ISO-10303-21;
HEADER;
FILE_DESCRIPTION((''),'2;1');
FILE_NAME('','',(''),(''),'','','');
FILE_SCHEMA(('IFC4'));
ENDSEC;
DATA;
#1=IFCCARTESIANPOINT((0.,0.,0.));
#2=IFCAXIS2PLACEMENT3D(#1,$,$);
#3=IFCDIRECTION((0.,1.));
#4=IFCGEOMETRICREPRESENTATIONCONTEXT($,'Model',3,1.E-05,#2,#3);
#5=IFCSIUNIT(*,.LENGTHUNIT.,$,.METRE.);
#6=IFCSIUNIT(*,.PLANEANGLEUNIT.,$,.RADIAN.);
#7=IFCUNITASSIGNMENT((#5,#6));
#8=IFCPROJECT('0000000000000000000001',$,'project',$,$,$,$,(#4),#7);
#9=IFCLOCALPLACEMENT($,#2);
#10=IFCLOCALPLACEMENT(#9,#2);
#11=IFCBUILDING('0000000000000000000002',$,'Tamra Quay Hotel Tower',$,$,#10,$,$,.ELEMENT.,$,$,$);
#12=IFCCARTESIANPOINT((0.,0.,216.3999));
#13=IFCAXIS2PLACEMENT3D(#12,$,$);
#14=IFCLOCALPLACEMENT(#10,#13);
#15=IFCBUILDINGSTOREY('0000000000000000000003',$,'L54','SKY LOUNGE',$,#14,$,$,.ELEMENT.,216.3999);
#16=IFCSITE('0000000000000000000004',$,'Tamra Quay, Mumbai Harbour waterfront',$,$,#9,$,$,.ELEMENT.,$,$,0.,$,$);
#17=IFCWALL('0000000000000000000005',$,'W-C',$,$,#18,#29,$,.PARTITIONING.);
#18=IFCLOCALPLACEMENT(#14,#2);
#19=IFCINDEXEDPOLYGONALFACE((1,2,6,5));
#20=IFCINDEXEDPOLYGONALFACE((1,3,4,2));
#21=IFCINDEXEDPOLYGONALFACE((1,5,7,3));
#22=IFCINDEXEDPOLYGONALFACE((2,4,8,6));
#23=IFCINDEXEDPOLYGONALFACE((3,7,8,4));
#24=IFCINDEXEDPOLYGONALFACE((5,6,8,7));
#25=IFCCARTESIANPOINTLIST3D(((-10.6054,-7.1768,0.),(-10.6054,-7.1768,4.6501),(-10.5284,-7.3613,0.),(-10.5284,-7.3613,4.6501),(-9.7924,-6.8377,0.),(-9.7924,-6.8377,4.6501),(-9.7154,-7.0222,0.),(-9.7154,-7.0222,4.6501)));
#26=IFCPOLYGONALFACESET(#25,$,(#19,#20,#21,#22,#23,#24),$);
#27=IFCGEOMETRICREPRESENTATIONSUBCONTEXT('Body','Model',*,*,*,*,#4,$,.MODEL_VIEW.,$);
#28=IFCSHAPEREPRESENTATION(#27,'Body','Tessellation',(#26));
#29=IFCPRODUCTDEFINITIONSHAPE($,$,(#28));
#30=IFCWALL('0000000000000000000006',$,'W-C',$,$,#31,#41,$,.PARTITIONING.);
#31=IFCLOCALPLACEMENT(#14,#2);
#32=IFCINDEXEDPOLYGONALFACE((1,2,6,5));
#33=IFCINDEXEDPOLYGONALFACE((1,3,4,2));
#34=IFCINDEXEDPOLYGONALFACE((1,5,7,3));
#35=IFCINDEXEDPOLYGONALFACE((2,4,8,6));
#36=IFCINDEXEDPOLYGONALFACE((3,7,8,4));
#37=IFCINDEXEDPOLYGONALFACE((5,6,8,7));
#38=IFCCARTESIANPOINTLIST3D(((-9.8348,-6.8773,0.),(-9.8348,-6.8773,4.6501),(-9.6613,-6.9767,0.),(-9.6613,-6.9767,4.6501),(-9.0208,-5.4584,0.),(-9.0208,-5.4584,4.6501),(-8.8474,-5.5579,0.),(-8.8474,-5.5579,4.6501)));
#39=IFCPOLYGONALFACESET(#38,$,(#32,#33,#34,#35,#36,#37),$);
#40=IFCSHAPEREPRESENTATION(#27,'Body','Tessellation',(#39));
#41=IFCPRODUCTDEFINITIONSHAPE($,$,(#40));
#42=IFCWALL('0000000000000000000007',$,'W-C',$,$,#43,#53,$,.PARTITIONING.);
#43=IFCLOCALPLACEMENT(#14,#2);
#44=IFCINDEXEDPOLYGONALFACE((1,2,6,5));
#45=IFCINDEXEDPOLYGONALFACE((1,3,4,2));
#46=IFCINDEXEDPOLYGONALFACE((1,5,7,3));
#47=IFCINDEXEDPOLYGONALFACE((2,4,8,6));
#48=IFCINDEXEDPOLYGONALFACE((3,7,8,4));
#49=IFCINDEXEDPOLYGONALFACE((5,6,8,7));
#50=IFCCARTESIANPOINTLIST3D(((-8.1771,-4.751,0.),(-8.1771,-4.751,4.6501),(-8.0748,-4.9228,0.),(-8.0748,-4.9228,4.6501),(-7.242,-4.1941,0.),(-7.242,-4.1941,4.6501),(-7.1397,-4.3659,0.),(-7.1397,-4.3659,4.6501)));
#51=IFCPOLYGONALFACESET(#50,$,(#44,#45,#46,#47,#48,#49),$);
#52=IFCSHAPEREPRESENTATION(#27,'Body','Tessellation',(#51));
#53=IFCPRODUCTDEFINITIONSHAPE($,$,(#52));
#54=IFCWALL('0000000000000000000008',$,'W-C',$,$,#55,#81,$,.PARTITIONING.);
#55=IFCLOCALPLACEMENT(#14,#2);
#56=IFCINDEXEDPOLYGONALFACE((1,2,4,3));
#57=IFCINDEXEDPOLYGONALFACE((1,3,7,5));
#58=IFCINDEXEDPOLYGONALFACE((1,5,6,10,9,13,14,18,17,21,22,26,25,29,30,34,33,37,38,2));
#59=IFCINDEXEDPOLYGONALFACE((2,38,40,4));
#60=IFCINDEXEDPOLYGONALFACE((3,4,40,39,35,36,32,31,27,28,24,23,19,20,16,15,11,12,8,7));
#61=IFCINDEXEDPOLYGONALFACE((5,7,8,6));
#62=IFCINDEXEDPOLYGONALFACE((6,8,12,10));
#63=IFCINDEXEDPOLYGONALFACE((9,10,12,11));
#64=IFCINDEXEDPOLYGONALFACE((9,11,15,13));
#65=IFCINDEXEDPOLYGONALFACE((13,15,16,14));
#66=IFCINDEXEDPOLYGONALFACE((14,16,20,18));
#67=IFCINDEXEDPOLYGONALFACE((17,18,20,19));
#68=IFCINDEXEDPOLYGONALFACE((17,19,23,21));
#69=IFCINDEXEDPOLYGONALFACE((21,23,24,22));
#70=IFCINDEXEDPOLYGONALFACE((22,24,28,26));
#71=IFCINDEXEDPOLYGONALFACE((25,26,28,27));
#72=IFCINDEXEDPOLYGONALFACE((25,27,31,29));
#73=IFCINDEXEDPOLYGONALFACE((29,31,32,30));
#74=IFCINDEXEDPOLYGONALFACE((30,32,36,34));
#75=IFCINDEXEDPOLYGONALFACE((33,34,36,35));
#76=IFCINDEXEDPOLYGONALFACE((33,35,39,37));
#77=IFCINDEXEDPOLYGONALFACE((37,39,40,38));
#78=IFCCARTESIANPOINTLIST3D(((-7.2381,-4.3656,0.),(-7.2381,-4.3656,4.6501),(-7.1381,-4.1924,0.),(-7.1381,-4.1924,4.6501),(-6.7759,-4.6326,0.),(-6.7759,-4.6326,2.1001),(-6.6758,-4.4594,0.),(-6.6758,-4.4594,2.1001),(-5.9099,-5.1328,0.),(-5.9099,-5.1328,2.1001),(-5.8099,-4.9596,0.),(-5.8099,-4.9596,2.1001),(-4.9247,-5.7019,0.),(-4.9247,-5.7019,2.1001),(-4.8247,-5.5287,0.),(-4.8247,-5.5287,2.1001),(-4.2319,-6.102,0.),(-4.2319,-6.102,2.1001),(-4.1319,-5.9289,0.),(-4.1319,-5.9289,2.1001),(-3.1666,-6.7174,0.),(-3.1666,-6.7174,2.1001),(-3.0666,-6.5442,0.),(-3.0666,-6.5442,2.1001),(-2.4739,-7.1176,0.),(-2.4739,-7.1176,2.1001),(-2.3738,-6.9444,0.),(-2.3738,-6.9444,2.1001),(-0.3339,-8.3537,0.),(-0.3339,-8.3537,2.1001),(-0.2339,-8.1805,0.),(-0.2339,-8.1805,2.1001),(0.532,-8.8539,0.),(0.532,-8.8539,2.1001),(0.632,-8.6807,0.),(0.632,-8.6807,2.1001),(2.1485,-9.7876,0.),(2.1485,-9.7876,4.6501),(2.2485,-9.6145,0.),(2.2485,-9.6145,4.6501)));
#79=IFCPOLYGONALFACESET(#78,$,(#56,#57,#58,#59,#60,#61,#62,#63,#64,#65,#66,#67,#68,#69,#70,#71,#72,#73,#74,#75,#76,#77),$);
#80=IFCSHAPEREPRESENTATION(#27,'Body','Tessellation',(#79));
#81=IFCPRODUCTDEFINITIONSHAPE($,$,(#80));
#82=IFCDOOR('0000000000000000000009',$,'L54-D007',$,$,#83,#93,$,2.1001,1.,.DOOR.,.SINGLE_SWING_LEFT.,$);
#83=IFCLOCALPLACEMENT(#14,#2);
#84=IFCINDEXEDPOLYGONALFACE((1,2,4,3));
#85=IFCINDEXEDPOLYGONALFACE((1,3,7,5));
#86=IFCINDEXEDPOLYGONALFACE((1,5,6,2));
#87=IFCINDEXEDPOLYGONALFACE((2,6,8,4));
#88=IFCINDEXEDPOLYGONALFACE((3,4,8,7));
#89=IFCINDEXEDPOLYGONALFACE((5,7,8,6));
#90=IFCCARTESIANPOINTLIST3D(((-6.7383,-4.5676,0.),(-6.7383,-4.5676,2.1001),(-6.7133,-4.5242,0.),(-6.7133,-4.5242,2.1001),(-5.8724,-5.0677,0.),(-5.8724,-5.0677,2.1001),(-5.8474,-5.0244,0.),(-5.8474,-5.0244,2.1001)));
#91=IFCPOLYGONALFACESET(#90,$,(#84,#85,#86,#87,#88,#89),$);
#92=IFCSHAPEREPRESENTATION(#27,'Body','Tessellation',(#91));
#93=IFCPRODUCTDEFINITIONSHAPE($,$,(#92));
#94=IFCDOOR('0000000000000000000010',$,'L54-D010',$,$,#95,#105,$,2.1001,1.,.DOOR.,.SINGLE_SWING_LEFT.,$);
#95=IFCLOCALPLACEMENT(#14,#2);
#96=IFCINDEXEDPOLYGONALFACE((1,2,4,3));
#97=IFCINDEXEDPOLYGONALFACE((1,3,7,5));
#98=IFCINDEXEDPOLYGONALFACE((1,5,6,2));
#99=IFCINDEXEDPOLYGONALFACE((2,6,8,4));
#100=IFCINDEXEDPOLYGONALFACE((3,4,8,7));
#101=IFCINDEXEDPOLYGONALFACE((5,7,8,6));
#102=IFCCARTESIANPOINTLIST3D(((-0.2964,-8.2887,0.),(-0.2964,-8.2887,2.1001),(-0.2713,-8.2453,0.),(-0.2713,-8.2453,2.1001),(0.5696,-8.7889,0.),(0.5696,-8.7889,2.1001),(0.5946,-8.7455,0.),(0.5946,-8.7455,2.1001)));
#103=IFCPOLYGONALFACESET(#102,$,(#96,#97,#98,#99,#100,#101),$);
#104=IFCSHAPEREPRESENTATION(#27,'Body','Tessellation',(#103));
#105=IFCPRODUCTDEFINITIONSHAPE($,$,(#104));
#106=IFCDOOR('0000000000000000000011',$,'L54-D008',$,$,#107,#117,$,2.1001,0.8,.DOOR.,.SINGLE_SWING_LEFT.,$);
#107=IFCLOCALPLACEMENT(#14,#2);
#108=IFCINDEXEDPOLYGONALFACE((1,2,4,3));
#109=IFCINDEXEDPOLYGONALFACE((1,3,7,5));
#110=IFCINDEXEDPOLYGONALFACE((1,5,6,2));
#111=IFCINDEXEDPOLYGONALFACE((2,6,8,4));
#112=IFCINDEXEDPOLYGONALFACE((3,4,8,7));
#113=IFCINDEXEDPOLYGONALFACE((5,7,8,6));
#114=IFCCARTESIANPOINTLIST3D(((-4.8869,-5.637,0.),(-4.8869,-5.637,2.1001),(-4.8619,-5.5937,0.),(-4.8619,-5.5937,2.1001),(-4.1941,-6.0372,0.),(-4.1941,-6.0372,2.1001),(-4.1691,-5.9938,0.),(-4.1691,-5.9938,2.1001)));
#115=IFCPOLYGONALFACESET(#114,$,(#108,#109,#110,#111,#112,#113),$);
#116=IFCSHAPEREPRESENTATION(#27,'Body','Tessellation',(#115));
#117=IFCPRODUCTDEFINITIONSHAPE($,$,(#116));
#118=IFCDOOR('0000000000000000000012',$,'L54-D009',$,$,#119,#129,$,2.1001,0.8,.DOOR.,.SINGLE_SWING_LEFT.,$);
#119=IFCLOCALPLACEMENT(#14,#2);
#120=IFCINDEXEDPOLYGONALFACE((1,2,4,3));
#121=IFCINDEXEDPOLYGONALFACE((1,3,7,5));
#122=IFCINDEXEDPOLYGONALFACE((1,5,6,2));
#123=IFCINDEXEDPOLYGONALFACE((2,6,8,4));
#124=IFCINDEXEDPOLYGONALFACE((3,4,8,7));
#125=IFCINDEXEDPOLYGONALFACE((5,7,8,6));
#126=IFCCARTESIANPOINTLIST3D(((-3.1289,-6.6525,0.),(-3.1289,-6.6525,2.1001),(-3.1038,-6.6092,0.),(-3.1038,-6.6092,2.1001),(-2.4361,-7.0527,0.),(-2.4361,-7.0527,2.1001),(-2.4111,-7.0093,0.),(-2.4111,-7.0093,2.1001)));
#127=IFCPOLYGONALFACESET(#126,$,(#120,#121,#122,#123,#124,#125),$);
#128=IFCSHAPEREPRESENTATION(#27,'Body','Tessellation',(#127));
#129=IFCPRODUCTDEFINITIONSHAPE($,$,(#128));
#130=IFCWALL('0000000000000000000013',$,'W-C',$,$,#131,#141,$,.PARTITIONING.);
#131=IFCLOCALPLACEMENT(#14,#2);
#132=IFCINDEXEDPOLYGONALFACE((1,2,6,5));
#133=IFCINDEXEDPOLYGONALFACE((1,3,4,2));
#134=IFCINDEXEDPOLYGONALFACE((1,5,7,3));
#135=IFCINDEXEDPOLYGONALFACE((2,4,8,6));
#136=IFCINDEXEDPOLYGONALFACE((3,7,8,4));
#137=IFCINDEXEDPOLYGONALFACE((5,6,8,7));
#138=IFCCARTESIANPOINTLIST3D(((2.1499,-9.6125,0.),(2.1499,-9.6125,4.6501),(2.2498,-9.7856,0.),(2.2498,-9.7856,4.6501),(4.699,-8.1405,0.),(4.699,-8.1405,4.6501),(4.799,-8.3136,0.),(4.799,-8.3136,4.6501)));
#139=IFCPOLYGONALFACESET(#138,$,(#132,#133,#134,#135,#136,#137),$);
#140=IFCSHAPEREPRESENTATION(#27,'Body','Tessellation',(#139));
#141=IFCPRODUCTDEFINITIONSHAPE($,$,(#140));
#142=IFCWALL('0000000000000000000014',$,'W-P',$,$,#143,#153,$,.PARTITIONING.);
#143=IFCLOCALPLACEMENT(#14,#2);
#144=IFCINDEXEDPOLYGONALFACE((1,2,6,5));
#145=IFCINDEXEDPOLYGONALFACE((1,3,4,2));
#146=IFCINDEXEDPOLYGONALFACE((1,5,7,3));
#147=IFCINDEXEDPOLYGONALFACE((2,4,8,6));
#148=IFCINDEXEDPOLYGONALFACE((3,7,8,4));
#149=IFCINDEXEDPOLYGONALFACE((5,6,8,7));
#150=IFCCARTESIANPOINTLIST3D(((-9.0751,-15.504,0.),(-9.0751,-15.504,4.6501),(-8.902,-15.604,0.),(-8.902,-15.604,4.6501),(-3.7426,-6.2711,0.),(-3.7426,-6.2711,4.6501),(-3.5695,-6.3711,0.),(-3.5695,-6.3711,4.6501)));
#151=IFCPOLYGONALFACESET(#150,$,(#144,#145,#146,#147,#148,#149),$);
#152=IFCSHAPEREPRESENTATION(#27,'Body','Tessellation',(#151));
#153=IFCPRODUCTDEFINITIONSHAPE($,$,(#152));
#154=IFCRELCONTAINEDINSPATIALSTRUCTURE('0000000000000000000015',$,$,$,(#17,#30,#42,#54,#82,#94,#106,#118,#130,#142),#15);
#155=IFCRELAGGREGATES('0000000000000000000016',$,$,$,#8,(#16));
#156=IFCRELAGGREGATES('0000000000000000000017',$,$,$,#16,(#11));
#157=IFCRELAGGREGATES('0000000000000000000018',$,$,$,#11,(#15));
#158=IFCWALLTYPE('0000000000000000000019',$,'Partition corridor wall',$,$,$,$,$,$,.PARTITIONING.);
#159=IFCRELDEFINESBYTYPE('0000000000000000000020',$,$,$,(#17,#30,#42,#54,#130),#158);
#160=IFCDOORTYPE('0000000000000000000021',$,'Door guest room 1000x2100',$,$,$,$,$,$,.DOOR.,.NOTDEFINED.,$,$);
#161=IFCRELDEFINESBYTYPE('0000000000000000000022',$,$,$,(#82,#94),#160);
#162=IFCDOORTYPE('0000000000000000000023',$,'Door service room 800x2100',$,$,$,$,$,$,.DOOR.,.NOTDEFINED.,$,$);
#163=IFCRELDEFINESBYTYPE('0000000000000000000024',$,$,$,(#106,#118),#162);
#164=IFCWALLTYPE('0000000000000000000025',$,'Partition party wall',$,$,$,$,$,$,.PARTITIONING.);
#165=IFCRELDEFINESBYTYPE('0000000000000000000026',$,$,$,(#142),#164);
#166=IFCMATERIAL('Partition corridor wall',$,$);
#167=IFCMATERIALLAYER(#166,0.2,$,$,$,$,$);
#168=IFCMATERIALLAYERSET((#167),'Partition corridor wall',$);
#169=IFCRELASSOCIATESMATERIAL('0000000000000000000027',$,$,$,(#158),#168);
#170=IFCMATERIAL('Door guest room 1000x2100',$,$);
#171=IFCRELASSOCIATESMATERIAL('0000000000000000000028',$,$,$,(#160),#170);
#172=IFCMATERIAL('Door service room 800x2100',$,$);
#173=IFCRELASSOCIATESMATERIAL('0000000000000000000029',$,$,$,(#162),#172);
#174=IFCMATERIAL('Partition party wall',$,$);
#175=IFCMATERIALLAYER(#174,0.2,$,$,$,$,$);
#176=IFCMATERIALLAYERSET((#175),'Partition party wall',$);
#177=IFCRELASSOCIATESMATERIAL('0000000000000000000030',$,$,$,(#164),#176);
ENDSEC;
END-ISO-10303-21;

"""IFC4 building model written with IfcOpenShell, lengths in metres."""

from ifc_helpers import new_model, si_unit, direction, frame, frame_2d, origin, place, context, subcontext, project, spatial, rectangle, extrude, material, layer, layer_set, type_object, element, fill, save


model = new_model("IFC4")

# Units and contexts
model_context = context("Model", 3, precision=1e-05, world=origin(), true_north=direction((0.0, 1.0)))
body_context = subcontext(model_context, "Body", "Model", "MODEL_VIEW")
ifc_project = project(units=[si_unit("LENGTHUNIT", "METRE"), si_unit("PLANEANGLEUNIT", "RADIAN")], contexts=[model_context])

# Site, building, storey
site_placement = place(None, origin())
site = spatial("IfcSite", under=ifc_project, at=site_placement, Name="Tamra Quay, Mumbai Harbour waterfront", CompositionType="ELEMENT", RefElevation=0.0)
building_placement = place(site_placement, origin())
building = spatial("IfcBuilding", under=site, at=building_placement, Name="Tamra Quay Hotel Tower", CompositionType="ELEMENT")
storey_placement = place(building_placement, frame((0.0, 0.0, 216.3999)))
storey = spatial("IfcBuildingStorey", under=building, at=storey_placement, Name="L54", Description="SKY LOUNGE", CompositionType="ELEMENT", Elevation=216.3999)

# Walls
ifc_material_1 = material(Name="Partition corridor wall")
ifc_layer_1 = layer(ifc_material_1, 0.2)
ifc_layer_set_1 = layer_set([ifc_layer_1], Name="Partition corridor wall")
wall_type_1 = type_object("IfcWallType", Name="Partition corridor wall", PredefinedType="PARTITIONING", material=ifc_layer_set_1)
wall_1_placement = place(storey_placement, frame((-10.5669, -7.269, 0.0), z_axis=(0.0, 0.0, 1.0), x_axis=(0.922929, 0.38497, 0.0)))
element("IfcWall", 1, at=wall_1_placement, inside=storey, type_object=wall_type_1, Name="W-C", PredefinedType="PARTITIONING", context=body_context, shape_type="SweptSolid", body=[
    extrude(rectangle(XDim=0.8809, YDim=0.2, at=frame_2d((0.4404, 0.0))), origin(), (0.0, 0.0, 1.0), 4.6501),
])
wall_2_placement = place(storey_placement, frame((-9.748, -6.927, 0.0), z_axis=(0.0, 0.0, 1.0), x_axis=(0.497585, 0.867415, 0.0)))
element("IfcWall", 2, at=wall_2_placement, inside=storey, type_object=wall_type_1, Name="W-C", PredefinedType="PARTITIONING", context=body_context, shape_type="SweptSolid", body=[
    extrude(rectangle(XDim=1.6357, YDim=0.2, at=frame_2d((0.8179, 0.0))), origin(), (0.0, 0.0, 1.0), 4.6501),
])
wall_3_placement = place(storey_placement, frame((-8.126, -4.8369, 0.0), z_axis=(0.0, 0.0, 1.0), x_axis=(0.859171, 0.511689, 0.0)))
element("IfcWall", 3, at=wall_3_placement, inside=storey, type_object=wall_type_1, Name="W-C", PredefinedType="PARTITIONING", context=body_context, shape_type="SweptSolid", body=[
    extrude(rectangle(XDim=1.0884, YDim=0.2, at=frame_2d((0.5442, 0.0))), origin(), (0.0, 0.0, 1.0), 4.6501),
])

# Wall, openings, doors
wall_4_placement = place(storey_placement, frame((-7.188, -4.2791, 0.0), z_axis=(0.0, 0.0, 1.0), x_axis=(0.865918, -0.500186, 0.0)))
wall_4 = element("IfcWall", 4, at=wall_4_placement, inside=storey, type_object=wall_type_1, Name="W-C", PredefinedType="PARTITIONING", context=body_context, shape_type="SweptSolid", body=[
    extrude(rectangle(XDim=10.8401, YDim=0.2, at=frame_2d((5.4199, 0.0))), origin(), (0.0, 0.0, 1.0), 4.6501),
])
opening_1_placement = place(wall_4_placement, frame((0.5337, 0.0, 0.0)))
opening_1 = element("IfcOpeningElement", 5, at=opening_1_placement, cuts=wall_4, PredefinedType="OPENING", context=body_context, shape_type="SweptSolid", body=[
    extrude(rectangle(XDim=1.0, YDim=2.1001, at=frame_2d((0.5, 1.05))), frame((0.0, 0.1099, 0.0), z_axis=(0.0, -1.0, 0.0), x_axis=(1.0, 0.0, 0.0)), (0.0, 0.0, 1.0), 0.22),
])
opening_2_placement = place(wall_4_placement, frame((2.6716, 0.0, 0.0)))
opening_2 = element("IfcOpeningElement", 6, at=opening_2_placement, cuts=wall_4, PredefinedType="OPENING", context=body_context, shape_type="SweptSolid", body=[
    extrude(rectangle(XDim=0.8, YDim=2.1001, at=frame_2d((0.3999, 1.05))), frame((0.0, 0.1099, 0.0), z_axis=(0.0, -1.0, 0.0), x_axis=(1.0, 0.0, 0.0)), (0.0, 0.0, 1.0), 0.22),
])
opening_3_placement = place(wall_4_placement, frame((4.7019, 0.0, 0.0)))
opening_3 = element("IfcOpeningElement", 7, at=opening_3_placement, cuts=wall_4, PredefinedType="OPENING", context=body_context, shape_type="SweptSolid", body=[
    extrude(rectangle(XDim=0.8, YDim=2.1001, at=frame_2d((0.3999, 1.05))), frame((0.0, 0.1099, 0.0), z_axis=(0.0, -1.0, 0.0), x_axis=(1.0, 0.0, 0.0)), (0.0, 0.0, 1.0), 0.22),
])
opening_4_placement = place(wall_4_placement, frame((7.9731, 0.0, 0.0)))
opening_4 = element("IfcOpeningElement", 8, at=opening_4_placement, cuts=wall_4, PredefinedType="OPENING", context=body_context, shape_type="SweptSolid", body=[
    extrude(rectangle(XDim=1.0, YDim=2.1001, at=frame_2d((0.5, 1.05))), frame((0.0, 0.1099, 0.0), z_axis=(0.0, -1.0, 0.0), x_axis=(1.0, 0.0, 0.0)), (0.0, 0.0, 1.0), 0.22),
])
ifc_material_2 = material(Name="Door guest room 1000x2100")
door_type_1 = type_object("IfcDoorType", Name="Door guest room 1000x2100", OperationType="NOTDEFINED", PredefinedType="DOOR", material=ifc_material_2)
door_1_placement = place(opening_1_placement, frame((1.0, 0.0, 0.0), z_axis=(0.0, 0.0, 1.0), x_axis=(-1.0, 0.0, 0.0)))
door_1 = element("IfcDoor", 9, at=door_1_placement, inside=storey, type_object=door_type_1, Name="L54-D007", OperationType="SINGLE_SWING_LEFT", OverallHeight=2.1001, OverallWidth=1.0, PredefinedType="DOOR", context=body_context, shape_type="SweptSolid", body=[
    extrude(rectangle(XDim=1.0, YDim=2.1001, at=frame_2d((0.5, 1.05))), frame((0.0, 0.0249, 0.0), z_axis=(0.0, -1.0, 0.0), x_axis=(1.0, 0.0, 0.0)), (0.0, 0.0, 1.0), 0.05),
])
fill(opening_1, door_1)
door_2_placement = place(opening_4_placement, frame((1.0, 0.0, 0.0), z_axis=(0.0, 0.0, 1.0), x_axis=(-1.0, 0.0, 0.0)))
door_2 = element("IfcDoor", 10, at=door_2_placement, inside=storey, type_object=door_type_1, Name="L54-D010", OperationType="SINGLE_SWING_LEFT", OverallHeight=2.1001, OverallWidth=1.0, PredefinedType="DOOR", context=body_context, shape_type="SweptSolid", body=[
    extrude(rectangle(XDim=1.0, YDim=2.1001, at=frame_2d((0.5, 1.05))), frame((0.0, 0.0249, 0.0), z_axis=(0.0, -1.0, 0.0), x_axis=(1.0, 0.0, 0.0)), (0.0, 0.0, 1.0), 0.05),
])
fill(opening_4, door_2)
ifc_material_3 = material(Name="Door service room 800x2100")
door_type_2 = type_object("IfcDoorType", Name="Door service room 800x2100", OperationType="NOTDEFINED", PredefinedType="DOOR", material=ifc_material_3)
door_3_placement = place(opening_2_placement, frame((0.8, 0.0, 0.0), z_axis=(0.0, 0.0, 1.0), x_axis=(-1.0, 0.0, 0.0)))
door_3 = element("IfcDoor", 11, at=door_3_placement, inside=storey, type_object=door_type_2, Name="L54-D008", OperationType="SINGLE_SWING_LEFT", OverallHeight=2.1001, OverallWidth=0.8, PredefinedType="DOOR", context=body_context, shape_type="SweptSolid", body=[
    extrude(rectangle(XDim=0.8, YDim=2.1001, at=frame_2d((0.3999, 1.05))), frame((0.0, 0.0249, 0.0), z_axis=(0.0, -1.0, 0.0), x_axis=(1.0, 0.0, 0.0)), (0.0, 0.0, 1.0), 0.05),
])
fill(opening_2, door_3)
door_4_placement = place(opening_3_placement, frame((0.8, 0.0, 0.0), z_axis=(0.0, 0.0, 1.0), x_axis=(-1.0, 0.0, 0.0)))
door_4 = element("IfcDoor", 12, at=door_4_placement, inside=storey, type_object=door_type_2, Name="L54-D009", OperationType="SINGLE_SWING_LEFT", OverallHeight=2.1001, OverallWidth=0.8, PredefinedType="DOOR", context=body_context, shape_type="SweptSolid", body=[
    extrude(rectangle(XDim=0.8, YDim=2.1001, at=frame_2d((0.3999, 1.05))), frame((0.0, 0.0249, 0.0), z_axis=(0.0, -1.0, 0.0), x_axis=(1.0, 0.0, 0.0)), (0.0, 0.0, 1.0), 0.05),
])
fill(opening_3, door_4)

# Walls
wall_5_placement = place(storey_placement, frame((2.2, -9.699, 0.0), z_axis=(0.0, 0.0, 1.0), x_axis=(0.865994, 0.500055, 0.0)))
element("IfcWall", 13, at=wall_5_placement, inside=storey, type_object=wall_type_1, Name="W-C", PredefinedType="PARTITIONING", context=body_context, shape_type="SweptSolid", body=[
    extrude(rectangle(XDim=2.9436, YDim=0.2, at=frame_2d((1.4717, 0.0))), origin(), (0.0, 0.0, 1.0), 4.6501),
])
ifc_material_4 = material(Name="Partition party wall")
ifc_layer_2 = layer(ifc_material_4, 0.2)
ifc_layer_set_2 = layer_set([ifc_layer_2], Name="Partition party wall")
wall_type_2 = type_object("IfcWallType", Name="Partition party wall", PredefinedType="PARTITIONING", material=ifc_layer_set_2)
wall_6_placement = place(storey_placement, frame((-8.9885, -15.554, 0.0), z_axis=(0.0, 0.0, 1.0), x_axis=(0.500133, 0.865948, 0.0)))
element("IfcWall", 14, at=wall_6_placement, inside=storey, type_object=wall_type_2, Name="W-P", PredefinedType="PARTITIONING", context=body_context, shape_type="SweptSolid", body=[
    extrude(rectangle(XDim=10.6621, YDim=0.2, at=frame_2d((5.3311, 0.0))), origin(), (0.0, 0.0, 1.0), 4.6501),
])

save(model, "model.ifc")
